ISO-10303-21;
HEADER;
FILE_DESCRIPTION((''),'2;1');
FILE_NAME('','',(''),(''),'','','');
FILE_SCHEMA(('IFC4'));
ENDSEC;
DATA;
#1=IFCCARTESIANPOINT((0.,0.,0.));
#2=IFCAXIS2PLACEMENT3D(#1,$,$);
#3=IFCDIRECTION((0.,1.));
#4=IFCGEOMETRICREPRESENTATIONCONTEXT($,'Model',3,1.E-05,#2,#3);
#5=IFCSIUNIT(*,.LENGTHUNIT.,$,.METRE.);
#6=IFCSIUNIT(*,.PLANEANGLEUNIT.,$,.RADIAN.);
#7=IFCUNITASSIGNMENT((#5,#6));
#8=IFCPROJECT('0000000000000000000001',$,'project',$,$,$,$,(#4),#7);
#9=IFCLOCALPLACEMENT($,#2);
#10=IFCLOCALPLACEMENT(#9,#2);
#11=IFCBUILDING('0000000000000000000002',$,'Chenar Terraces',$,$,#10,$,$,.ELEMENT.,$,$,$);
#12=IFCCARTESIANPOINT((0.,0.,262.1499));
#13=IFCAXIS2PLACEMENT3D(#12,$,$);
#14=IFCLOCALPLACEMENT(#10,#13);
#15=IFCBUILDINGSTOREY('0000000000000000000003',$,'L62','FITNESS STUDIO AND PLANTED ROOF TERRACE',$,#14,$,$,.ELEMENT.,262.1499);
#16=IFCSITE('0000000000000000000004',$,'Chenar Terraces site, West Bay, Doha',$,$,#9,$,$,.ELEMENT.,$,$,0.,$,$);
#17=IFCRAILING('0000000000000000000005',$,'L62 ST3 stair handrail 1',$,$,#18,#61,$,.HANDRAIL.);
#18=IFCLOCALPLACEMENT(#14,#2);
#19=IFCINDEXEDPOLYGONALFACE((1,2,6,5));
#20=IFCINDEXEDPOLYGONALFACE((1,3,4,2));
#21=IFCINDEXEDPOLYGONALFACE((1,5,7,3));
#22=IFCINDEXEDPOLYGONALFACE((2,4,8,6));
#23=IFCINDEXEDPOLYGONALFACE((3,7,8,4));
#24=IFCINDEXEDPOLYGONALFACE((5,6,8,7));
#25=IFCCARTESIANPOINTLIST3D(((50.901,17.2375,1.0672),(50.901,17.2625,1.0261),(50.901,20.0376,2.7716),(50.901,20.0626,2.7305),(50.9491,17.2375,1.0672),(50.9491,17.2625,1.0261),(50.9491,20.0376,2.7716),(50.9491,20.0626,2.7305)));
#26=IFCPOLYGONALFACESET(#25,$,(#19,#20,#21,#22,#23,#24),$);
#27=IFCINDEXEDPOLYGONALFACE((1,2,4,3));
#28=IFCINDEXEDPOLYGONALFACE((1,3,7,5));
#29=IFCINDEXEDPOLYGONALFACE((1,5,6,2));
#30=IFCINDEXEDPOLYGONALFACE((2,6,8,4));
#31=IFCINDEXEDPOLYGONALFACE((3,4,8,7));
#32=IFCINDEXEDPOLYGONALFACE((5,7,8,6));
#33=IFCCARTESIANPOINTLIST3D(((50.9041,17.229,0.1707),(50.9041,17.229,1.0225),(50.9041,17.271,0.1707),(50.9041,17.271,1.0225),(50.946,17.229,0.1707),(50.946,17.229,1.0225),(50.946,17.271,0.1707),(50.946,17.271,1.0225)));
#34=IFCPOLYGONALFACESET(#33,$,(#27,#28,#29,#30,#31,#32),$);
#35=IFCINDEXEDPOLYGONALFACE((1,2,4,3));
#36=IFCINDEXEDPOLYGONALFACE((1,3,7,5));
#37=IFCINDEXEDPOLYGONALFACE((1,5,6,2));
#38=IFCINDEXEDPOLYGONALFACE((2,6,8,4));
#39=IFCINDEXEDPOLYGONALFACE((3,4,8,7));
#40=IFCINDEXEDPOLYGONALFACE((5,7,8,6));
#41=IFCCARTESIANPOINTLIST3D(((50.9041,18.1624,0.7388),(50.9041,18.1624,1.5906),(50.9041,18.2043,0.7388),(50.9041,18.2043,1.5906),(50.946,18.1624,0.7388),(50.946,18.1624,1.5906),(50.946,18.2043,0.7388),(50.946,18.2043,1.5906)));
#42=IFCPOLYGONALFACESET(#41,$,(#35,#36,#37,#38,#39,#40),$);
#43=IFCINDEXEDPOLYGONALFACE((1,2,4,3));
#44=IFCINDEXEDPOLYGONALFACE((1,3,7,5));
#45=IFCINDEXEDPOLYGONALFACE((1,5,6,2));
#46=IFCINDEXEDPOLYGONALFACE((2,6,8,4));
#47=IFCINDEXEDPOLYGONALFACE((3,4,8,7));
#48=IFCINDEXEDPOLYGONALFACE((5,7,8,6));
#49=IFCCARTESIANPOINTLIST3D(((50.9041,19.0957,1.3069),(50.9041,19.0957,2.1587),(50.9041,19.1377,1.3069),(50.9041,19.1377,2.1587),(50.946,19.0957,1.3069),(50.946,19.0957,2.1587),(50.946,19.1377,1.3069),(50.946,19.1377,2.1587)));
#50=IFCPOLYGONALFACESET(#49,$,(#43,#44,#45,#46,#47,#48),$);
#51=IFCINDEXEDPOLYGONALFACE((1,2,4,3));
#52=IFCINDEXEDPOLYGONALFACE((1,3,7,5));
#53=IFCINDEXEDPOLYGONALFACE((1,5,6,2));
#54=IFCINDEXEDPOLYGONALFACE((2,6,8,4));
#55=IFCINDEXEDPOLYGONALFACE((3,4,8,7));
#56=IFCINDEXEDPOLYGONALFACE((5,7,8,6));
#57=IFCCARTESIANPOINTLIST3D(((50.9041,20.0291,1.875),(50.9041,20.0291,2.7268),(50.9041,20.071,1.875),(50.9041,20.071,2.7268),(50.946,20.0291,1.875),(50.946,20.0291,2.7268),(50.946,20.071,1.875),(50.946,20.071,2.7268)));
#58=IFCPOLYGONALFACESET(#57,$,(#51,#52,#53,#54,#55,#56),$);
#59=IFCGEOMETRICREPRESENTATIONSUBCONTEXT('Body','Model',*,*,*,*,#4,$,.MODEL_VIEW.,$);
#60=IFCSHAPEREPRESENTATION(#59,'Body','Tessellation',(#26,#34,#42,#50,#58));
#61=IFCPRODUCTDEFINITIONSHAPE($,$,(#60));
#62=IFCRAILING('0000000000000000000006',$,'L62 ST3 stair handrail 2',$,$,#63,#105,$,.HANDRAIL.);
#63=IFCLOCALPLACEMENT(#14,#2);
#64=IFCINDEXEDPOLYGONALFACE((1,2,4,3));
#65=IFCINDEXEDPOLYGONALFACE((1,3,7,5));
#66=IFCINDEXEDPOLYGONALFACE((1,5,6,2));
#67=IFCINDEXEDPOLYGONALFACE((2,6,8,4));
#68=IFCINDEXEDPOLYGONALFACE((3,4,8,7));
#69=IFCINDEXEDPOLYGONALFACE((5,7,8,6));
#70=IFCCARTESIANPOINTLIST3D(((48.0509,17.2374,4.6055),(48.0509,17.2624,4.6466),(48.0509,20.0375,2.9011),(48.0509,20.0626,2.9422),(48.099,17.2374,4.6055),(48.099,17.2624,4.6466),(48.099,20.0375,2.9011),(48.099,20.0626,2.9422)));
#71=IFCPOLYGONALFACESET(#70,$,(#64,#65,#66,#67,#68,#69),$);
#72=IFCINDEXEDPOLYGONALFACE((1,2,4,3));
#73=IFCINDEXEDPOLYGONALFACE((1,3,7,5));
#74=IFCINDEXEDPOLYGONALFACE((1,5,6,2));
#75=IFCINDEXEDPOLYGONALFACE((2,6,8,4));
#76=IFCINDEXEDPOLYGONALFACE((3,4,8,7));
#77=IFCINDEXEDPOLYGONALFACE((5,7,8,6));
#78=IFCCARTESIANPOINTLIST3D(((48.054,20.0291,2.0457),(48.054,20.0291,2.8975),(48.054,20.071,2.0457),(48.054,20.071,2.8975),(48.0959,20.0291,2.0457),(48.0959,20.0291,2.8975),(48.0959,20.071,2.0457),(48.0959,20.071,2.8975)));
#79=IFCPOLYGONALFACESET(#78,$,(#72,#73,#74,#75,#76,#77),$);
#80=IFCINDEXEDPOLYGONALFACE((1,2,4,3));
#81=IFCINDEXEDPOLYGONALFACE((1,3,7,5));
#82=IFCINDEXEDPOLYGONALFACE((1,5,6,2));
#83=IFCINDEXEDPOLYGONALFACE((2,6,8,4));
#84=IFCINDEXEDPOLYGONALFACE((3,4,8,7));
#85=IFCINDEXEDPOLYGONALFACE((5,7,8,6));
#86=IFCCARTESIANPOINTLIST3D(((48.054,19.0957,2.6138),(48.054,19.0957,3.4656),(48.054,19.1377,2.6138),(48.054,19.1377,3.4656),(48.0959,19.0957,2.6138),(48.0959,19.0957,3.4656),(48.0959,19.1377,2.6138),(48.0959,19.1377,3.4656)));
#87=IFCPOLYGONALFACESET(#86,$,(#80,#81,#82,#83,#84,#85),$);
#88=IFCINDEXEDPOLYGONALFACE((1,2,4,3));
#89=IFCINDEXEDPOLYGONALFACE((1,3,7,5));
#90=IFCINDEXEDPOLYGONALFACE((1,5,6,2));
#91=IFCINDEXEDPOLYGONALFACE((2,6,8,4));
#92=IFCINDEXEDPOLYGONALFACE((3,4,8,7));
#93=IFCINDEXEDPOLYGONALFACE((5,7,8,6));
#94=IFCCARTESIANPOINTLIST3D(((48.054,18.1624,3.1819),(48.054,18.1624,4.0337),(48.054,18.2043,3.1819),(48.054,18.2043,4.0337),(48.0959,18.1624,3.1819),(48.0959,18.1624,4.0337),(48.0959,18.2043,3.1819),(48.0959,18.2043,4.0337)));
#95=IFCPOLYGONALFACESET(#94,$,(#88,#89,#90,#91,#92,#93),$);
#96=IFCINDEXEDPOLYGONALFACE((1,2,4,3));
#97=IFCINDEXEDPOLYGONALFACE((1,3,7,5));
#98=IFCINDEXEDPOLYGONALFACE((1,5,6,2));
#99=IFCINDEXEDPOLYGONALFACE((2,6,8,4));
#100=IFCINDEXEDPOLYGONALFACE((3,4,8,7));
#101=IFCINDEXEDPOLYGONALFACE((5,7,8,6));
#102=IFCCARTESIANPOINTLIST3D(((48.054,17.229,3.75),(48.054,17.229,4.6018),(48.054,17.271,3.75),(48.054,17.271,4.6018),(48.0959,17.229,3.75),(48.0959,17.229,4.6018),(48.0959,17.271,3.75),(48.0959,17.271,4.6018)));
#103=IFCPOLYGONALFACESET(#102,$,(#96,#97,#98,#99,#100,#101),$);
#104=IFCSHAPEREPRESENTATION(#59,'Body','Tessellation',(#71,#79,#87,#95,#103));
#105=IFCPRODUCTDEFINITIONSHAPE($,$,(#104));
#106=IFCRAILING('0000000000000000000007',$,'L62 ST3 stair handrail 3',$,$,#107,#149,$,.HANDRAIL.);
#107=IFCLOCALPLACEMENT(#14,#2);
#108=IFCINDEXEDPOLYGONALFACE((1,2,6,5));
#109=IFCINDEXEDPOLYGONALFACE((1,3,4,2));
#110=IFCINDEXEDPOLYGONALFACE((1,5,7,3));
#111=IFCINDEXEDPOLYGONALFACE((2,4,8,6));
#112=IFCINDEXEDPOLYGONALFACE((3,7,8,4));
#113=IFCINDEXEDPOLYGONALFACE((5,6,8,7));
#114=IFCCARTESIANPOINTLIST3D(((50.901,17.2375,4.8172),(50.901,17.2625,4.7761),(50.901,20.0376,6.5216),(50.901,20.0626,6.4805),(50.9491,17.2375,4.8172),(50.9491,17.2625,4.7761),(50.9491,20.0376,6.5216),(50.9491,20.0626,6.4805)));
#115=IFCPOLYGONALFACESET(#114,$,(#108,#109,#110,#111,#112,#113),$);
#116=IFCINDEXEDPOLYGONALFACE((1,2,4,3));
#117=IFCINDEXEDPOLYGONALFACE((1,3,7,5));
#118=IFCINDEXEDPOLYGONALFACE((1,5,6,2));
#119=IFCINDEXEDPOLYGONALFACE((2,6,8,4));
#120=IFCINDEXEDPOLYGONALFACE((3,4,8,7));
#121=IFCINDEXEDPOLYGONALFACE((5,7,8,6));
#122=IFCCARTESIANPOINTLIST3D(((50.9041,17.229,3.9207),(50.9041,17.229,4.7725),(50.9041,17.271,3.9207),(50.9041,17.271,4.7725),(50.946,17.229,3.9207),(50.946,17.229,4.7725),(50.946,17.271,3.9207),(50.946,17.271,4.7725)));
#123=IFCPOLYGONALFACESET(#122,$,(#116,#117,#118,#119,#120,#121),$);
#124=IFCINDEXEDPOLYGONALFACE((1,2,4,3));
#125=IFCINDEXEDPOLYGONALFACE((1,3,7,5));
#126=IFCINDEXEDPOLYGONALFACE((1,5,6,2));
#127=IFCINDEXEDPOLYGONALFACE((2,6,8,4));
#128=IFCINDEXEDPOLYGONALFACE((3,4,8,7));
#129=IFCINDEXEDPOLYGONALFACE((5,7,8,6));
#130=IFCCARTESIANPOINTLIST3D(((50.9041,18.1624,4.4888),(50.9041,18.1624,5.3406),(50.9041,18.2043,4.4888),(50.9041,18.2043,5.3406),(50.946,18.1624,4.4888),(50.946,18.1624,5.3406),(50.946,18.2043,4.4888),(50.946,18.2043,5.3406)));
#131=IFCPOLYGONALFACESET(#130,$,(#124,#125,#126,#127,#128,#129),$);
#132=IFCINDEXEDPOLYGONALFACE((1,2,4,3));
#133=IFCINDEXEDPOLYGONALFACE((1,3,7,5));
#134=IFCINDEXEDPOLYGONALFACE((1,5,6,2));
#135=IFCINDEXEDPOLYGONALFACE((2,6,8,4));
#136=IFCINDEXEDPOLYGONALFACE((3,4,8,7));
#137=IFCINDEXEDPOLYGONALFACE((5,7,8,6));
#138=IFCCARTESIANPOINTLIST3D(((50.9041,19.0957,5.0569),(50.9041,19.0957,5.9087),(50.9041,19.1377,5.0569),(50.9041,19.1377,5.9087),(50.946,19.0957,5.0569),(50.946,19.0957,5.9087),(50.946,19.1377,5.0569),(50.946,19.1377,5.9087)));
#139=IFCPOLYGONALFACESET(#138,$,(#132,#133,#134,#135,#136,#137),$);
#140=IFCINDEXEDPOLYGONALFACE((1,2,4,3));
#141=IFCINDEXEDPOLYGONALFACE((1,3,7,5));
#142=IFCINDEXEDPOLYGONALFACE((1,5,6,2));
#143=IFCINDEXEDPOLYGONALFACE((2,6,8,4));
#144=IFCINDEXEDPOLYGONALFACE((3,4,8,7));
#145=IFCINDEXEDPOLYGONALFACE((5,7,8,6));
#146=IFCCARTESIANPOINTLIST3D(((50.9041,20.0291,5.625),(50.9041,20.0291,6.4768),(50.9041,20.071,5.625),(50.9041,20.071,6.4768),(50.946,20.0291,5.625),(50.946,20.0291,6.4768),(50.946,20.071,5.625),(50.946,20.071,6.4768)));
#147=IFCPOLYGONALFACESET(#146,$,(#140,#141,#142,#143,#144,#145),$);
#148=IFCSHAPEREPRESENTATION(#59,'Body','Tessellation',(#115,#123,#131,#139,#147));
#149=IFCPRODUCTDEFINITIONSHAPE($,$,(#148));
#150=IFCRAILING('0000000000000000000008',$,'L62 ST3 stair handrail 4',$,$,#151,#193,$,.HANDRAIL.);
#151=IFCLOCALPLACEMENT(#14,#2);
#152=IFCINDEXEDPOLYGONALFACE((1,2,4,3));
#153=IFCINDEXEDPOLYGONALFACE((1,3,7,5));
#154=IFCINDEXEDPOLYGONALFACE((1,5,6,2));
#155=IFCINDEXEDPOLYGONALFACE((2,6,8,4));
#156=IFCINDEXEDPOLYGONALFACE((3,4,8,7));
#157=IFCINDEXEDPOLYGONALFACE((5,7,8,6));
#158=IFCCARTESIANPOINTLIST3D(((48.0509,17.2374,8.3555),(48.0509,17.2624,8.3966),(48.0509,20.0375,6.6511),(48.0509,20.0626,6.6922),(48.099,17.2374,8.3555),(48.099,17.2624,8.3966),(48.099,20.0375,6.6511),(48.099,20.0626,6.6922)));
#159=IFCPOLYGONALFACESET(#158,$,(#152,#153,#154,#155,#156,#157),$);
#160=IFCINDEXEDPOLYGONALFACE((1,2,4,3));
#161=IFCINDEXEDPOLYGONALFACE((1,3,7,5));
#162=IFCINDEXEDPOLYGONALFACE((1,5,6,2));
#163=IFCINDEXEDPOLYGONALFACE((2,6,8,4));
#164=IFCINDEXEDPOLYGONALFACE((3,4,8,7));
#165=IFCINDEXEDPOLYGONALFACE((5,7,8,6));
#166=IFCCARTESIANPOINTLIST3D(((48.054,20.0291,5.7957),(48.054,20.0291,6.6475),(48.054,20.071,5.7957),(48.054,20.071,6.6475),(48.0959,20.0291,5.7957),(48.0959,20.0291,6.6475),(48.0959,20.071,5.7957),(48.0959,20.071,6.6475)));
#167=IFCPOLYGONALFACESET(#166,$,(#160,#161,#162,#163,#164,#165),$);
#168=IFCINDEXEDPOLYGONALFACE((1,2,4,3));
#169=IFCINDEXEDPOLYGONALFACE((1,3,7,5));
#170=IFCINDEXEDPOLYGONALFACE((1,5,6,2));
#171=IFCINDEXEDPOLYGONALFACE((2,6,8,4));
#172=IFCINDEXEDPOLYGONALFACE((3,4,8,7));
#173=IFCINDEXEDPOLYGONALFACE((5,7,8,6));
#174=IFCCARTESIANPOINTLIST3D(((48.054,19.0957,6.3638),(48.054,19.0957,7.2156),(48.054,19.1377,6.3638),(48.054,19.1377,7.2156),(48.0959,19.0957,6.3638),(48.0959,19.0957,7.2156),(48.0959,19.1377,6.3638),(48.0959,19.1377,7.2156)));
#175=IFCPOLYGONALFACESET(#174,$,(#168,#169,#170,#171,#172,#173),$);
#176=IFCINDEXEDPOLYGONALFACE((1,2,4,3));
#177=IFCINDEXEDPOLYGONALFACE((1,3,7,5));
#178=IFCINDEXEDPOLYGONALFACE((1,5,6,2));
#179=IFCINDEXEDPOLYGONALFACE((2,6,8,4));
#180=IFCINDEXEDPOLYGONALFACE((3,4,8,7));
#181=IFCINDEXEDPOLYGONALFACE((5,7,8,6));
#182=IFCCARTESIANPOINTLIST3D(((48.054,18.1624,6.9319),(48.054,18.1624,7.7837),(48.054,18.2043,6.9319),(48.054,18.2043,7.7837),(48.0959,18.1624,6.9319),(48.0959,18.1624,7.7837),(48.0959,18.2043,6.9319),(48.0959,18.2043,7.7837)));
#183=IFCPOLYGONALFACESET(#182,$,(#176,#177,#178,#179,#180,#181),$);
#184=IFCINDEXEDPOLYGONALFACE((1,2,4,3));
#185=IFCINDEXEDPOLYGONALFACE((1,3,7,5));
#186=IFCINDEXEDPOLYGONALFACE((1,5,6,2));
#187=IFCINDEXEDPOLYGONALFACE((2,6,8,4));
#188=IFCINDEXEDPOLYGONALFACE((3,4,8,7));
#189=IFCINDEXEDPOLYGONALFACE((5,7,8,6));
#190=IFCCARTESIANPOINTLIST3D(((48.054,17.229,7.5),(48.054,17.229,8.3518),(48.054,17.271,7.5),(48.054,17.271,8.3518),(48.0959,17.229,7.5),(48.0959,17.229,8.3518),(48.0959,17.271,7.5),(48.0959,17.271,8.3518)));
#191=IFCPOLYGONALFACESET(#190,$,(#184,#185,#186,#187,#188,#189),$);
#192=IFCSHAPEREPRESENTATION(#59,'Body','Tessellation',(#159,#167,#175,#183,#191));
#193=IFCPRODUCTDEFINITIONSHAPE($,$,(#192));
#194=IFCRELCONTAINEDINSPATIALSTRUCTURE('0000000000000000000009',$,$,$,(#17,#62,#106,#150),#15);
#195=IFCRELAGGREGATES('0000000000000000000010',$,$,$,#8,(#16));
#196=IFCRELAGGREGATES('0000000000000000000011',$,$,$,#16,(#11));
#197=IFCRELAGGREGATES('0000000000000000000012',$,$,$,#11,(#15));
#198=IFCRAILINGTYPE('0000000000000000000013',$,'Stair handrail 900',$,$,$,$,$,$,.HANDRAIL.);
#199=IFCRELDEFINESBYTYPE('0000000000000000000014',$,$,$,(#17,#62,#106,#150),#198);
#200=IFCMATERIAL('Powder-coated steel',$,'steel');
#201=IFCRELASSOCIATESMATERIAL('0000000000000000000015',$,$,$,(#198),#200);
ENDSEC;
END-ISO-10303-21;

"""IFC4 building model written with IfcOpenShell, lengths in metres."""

from ifc_helpers import new_model, si_unit, direction, frame, origin, origin_2d, place, context, subcontext, project, spatial, rectangle, extrude, material, type_object, element, save


model = new_model("IFC4")

# Units and contexts
model_context = context("Model", 3, precision=1e-05, world=origin(), true_north=direction((0.0, 1.0)))
body_context = subcontext(model_context, "Body", "Model", "MODEL_VIEW")
ifc_project = project(units=[si_unit("LENGTHUNIT", "METRE"), si_unit("PLANEANGLEUNIT", "RADIAN")], contexts=[model_context])

# Site, building, storey
site_placement = place(None, origin())
site = spatial("IfcSite", under=ifc_project, at=site_placement, Name="Chenar Terraces site, West Bay, Doha", CompositionType="ELEMENT", RefElevation=0.0)
building_placement = place(site_placement, origin())
building = spatial("IfcBuilding", under=site, at=building_placement, Name="Chenar Terraces", CompositionType="ELEMENT")
storey_placement = place(building_placement, frame((0.0, 0.0, 262.1499)))
storey = spatial("IfcBuildingStorey", under=building, at=storey_placement, Name="L62", Description="FITNESS STUDIO AND PLANTED ROOF TERRACE", CompositionType="ELEMENT", Elevation=262.1499)

# Railings
ifc_material_1 = material(Name="Powder-coated steel", Category="steel")
railing_type_1 = type_object("IfcRailingType", Name="Stair handrail 900", PredefinedType="HANDRAIL", material=ifc_material_1)
railing_1_placement = place(storey_placement, frame((50.925, 17.25, 0.1707)))
element("IfcRailing", 1, at=railing_1_placement, inside=storey, type_object=railing_type_1, Name="L62 ST3 stair handrail 1", PredefinedType="HANDRAIL", context=body_context, shape_type="SweptSolid", body=[
    extrude(rectangle(XDim=0.0481, YDim=0.0481, at=origin_2d()), frame((0.0, 0.0, 0.876), z_axis=(0.0, 0.854203, 0.51994), x_axis=(-1.0, 0.0, 0.0)), (0.0, 0.0, 1.0), 3.2781),
    extrude(rectangle(XDim=0.042, YDim=0.042, at=origin_2d()), origin(), (0.0, 0.0, 1.0), 0.8518),
    extrude(rectangle(XDim=0.042, YDim=0.042, at=origin_2d()), frame((0.0, 0.9333, 0.5681)), (0.0, 0.0, 1.0), 0.8518),
    extrude(rectangle(XDim=0.042, YDim=0.042, at=origin_2d()), frame((0.0, 1.8667, 1.1362)), (0.0, 0.0, 1.0), 0.8518),
    extrude(rectangle(XDim=0.042, YDim=0.042, at=origin_2d()), frame((0.0, 2.8, 1.7043)), (0.0, 0.0, 1.0), 0.8518),
])
railing_2_placement = place(storey_placement, frame((48.075, 20.05, 2.0457)))
element("IfcRailing", 2, at=railing_2_placement, inside=storey, type_object=railing_type_1, Name="L62 ST3 stair handrail 2", PredefinedType="HANDRAIL", context=body_context, shape_type="SweptSolid", body=[
    extrude(rectangle(XDim=0.0481, YDim=0.0481, at=origin_2d()), frame((0.0, 0.0, 0.876), z_axis=(0.0, -0.854203, 0.51994), x_axis=(1.0, 0.0, 0.0)), (0.0, 0.0, 1.0), 3.2781),
    extrude(rectangle(XDim=0.042, YDim=0.042, at=origin_2d()), origin(), (0.0, 0.0, 1.0), 0.8518),
    extrude(rectangle(XDim=0.042, YDim=0.042, at=origin_2d()), frame((0.0, -0.9333, 0.5681)), (0.0, 0.0, 1.0), 0.8518),
    extrude(rectangle(XDim=0.042, YDim=0.042, at=origin_2d()), frame((0.0, -1.8667, 1.1362)), (0.0, 0.0, 1.0), 0.8518),
    extrude(rectangle(XDim=0.042, YDim=0.042, at=origin_2d()), frame((0.0, -2.8, 1.7043)), (0.0, 0.0, 1.0), 0.8518),
])
railing_3_placement = place(storey_placement, frame((50.925, 17.25, 3.9207)))
element("IfcRailing", 3, at=railing_3_placement, inside=storey, type_object=railing_type_1, Name="L62 ST3 stair handrail 3", PredefinedType="HANDRAIL", context=body_context, shape_type="SweptSolid", body=[
    extrude(rectangle(XDim=0.0481, YDim=0.0481, at=origin_2d()), frame((0.0, 0.0, 0.876), z_axis=(0.0, 0.854203, 0.51994), x_axis=(-1.0, 0.0, 0.0)), (0.0, 0.0, 1.0), 3.2781),
    extrude(rectangle(XDim=0.042, YDim=0.042, at=origin_2d()), origin(), (0.0, 0.0, 1.0), 0.8518),
    extrude(rectangle(XDim=0.042, YDim=0.042, at=origin_2d()), frame((0.0, 0.9333, 0.5681)), (0.0, 0.0, 1.0), 0.8518),
    extrude(rectangle(XDim=0.042, YDim=0.042, at=origin_2d()), frame((0.0, 1.8667, 1.1362)), (0.0, 0.0, 1.0), 0.8518),
    extrude(rectangle(XDim=0.042, YDim=0.042, at=origin_2d()), frame((0.0, 2.8, 1.7043)), (0.0, 0.0, 1.0), 0.8518),
])
railing_4_placement = place(storey_placement, frame((48.075, 20.05, 5.7957)))
element("IfcRailing", 4, at=railing_4_placement, inside=storey, type_object=railing_type_1, Name="L62 ST3 stair handrail 4", PredefinedType="HANDRAIL", context=body_context, shape_type="SweptSolid", body=[
    extrude(rectangle(XDim=0.0481, YDim=0.0481, at=origin_2d()), frame((0.0, 0.0, 0.876), z_axis=(0.0, -0.854203, 0.51994), x_axis=(1.0, 0.0, 0.0)), (0.0, 0.0, 1.0), 3.2781),
    extrude(rectangle(XDim=0.042, YDim=0.042, at=origin_2d()), origin(), (0.0, 0.0, 1.0), 0.8518),
    extrude(rectangle(XDim=0.042, YDim=0.042, at=origin_2d()), frame((0.0, -0.9333, 0.5681)), (0.0, 0.0, 1.0), 0.8518),
    extrude(rectangle(XDim=0.042, YDim=0.042, at=origin_2d()), frame((0.0, -1.8667, 1.1362)), (0.0, 0.0, 1.0), 0.8518),
    extrude(rectangle(XDim=0.042, YDim=0.042, at=origin_2d()), frame((0.0, -2.8, 1.7043)), (0.0, 0.0, 1.0), 0.8518),
])

save(model, "model.ifc")
